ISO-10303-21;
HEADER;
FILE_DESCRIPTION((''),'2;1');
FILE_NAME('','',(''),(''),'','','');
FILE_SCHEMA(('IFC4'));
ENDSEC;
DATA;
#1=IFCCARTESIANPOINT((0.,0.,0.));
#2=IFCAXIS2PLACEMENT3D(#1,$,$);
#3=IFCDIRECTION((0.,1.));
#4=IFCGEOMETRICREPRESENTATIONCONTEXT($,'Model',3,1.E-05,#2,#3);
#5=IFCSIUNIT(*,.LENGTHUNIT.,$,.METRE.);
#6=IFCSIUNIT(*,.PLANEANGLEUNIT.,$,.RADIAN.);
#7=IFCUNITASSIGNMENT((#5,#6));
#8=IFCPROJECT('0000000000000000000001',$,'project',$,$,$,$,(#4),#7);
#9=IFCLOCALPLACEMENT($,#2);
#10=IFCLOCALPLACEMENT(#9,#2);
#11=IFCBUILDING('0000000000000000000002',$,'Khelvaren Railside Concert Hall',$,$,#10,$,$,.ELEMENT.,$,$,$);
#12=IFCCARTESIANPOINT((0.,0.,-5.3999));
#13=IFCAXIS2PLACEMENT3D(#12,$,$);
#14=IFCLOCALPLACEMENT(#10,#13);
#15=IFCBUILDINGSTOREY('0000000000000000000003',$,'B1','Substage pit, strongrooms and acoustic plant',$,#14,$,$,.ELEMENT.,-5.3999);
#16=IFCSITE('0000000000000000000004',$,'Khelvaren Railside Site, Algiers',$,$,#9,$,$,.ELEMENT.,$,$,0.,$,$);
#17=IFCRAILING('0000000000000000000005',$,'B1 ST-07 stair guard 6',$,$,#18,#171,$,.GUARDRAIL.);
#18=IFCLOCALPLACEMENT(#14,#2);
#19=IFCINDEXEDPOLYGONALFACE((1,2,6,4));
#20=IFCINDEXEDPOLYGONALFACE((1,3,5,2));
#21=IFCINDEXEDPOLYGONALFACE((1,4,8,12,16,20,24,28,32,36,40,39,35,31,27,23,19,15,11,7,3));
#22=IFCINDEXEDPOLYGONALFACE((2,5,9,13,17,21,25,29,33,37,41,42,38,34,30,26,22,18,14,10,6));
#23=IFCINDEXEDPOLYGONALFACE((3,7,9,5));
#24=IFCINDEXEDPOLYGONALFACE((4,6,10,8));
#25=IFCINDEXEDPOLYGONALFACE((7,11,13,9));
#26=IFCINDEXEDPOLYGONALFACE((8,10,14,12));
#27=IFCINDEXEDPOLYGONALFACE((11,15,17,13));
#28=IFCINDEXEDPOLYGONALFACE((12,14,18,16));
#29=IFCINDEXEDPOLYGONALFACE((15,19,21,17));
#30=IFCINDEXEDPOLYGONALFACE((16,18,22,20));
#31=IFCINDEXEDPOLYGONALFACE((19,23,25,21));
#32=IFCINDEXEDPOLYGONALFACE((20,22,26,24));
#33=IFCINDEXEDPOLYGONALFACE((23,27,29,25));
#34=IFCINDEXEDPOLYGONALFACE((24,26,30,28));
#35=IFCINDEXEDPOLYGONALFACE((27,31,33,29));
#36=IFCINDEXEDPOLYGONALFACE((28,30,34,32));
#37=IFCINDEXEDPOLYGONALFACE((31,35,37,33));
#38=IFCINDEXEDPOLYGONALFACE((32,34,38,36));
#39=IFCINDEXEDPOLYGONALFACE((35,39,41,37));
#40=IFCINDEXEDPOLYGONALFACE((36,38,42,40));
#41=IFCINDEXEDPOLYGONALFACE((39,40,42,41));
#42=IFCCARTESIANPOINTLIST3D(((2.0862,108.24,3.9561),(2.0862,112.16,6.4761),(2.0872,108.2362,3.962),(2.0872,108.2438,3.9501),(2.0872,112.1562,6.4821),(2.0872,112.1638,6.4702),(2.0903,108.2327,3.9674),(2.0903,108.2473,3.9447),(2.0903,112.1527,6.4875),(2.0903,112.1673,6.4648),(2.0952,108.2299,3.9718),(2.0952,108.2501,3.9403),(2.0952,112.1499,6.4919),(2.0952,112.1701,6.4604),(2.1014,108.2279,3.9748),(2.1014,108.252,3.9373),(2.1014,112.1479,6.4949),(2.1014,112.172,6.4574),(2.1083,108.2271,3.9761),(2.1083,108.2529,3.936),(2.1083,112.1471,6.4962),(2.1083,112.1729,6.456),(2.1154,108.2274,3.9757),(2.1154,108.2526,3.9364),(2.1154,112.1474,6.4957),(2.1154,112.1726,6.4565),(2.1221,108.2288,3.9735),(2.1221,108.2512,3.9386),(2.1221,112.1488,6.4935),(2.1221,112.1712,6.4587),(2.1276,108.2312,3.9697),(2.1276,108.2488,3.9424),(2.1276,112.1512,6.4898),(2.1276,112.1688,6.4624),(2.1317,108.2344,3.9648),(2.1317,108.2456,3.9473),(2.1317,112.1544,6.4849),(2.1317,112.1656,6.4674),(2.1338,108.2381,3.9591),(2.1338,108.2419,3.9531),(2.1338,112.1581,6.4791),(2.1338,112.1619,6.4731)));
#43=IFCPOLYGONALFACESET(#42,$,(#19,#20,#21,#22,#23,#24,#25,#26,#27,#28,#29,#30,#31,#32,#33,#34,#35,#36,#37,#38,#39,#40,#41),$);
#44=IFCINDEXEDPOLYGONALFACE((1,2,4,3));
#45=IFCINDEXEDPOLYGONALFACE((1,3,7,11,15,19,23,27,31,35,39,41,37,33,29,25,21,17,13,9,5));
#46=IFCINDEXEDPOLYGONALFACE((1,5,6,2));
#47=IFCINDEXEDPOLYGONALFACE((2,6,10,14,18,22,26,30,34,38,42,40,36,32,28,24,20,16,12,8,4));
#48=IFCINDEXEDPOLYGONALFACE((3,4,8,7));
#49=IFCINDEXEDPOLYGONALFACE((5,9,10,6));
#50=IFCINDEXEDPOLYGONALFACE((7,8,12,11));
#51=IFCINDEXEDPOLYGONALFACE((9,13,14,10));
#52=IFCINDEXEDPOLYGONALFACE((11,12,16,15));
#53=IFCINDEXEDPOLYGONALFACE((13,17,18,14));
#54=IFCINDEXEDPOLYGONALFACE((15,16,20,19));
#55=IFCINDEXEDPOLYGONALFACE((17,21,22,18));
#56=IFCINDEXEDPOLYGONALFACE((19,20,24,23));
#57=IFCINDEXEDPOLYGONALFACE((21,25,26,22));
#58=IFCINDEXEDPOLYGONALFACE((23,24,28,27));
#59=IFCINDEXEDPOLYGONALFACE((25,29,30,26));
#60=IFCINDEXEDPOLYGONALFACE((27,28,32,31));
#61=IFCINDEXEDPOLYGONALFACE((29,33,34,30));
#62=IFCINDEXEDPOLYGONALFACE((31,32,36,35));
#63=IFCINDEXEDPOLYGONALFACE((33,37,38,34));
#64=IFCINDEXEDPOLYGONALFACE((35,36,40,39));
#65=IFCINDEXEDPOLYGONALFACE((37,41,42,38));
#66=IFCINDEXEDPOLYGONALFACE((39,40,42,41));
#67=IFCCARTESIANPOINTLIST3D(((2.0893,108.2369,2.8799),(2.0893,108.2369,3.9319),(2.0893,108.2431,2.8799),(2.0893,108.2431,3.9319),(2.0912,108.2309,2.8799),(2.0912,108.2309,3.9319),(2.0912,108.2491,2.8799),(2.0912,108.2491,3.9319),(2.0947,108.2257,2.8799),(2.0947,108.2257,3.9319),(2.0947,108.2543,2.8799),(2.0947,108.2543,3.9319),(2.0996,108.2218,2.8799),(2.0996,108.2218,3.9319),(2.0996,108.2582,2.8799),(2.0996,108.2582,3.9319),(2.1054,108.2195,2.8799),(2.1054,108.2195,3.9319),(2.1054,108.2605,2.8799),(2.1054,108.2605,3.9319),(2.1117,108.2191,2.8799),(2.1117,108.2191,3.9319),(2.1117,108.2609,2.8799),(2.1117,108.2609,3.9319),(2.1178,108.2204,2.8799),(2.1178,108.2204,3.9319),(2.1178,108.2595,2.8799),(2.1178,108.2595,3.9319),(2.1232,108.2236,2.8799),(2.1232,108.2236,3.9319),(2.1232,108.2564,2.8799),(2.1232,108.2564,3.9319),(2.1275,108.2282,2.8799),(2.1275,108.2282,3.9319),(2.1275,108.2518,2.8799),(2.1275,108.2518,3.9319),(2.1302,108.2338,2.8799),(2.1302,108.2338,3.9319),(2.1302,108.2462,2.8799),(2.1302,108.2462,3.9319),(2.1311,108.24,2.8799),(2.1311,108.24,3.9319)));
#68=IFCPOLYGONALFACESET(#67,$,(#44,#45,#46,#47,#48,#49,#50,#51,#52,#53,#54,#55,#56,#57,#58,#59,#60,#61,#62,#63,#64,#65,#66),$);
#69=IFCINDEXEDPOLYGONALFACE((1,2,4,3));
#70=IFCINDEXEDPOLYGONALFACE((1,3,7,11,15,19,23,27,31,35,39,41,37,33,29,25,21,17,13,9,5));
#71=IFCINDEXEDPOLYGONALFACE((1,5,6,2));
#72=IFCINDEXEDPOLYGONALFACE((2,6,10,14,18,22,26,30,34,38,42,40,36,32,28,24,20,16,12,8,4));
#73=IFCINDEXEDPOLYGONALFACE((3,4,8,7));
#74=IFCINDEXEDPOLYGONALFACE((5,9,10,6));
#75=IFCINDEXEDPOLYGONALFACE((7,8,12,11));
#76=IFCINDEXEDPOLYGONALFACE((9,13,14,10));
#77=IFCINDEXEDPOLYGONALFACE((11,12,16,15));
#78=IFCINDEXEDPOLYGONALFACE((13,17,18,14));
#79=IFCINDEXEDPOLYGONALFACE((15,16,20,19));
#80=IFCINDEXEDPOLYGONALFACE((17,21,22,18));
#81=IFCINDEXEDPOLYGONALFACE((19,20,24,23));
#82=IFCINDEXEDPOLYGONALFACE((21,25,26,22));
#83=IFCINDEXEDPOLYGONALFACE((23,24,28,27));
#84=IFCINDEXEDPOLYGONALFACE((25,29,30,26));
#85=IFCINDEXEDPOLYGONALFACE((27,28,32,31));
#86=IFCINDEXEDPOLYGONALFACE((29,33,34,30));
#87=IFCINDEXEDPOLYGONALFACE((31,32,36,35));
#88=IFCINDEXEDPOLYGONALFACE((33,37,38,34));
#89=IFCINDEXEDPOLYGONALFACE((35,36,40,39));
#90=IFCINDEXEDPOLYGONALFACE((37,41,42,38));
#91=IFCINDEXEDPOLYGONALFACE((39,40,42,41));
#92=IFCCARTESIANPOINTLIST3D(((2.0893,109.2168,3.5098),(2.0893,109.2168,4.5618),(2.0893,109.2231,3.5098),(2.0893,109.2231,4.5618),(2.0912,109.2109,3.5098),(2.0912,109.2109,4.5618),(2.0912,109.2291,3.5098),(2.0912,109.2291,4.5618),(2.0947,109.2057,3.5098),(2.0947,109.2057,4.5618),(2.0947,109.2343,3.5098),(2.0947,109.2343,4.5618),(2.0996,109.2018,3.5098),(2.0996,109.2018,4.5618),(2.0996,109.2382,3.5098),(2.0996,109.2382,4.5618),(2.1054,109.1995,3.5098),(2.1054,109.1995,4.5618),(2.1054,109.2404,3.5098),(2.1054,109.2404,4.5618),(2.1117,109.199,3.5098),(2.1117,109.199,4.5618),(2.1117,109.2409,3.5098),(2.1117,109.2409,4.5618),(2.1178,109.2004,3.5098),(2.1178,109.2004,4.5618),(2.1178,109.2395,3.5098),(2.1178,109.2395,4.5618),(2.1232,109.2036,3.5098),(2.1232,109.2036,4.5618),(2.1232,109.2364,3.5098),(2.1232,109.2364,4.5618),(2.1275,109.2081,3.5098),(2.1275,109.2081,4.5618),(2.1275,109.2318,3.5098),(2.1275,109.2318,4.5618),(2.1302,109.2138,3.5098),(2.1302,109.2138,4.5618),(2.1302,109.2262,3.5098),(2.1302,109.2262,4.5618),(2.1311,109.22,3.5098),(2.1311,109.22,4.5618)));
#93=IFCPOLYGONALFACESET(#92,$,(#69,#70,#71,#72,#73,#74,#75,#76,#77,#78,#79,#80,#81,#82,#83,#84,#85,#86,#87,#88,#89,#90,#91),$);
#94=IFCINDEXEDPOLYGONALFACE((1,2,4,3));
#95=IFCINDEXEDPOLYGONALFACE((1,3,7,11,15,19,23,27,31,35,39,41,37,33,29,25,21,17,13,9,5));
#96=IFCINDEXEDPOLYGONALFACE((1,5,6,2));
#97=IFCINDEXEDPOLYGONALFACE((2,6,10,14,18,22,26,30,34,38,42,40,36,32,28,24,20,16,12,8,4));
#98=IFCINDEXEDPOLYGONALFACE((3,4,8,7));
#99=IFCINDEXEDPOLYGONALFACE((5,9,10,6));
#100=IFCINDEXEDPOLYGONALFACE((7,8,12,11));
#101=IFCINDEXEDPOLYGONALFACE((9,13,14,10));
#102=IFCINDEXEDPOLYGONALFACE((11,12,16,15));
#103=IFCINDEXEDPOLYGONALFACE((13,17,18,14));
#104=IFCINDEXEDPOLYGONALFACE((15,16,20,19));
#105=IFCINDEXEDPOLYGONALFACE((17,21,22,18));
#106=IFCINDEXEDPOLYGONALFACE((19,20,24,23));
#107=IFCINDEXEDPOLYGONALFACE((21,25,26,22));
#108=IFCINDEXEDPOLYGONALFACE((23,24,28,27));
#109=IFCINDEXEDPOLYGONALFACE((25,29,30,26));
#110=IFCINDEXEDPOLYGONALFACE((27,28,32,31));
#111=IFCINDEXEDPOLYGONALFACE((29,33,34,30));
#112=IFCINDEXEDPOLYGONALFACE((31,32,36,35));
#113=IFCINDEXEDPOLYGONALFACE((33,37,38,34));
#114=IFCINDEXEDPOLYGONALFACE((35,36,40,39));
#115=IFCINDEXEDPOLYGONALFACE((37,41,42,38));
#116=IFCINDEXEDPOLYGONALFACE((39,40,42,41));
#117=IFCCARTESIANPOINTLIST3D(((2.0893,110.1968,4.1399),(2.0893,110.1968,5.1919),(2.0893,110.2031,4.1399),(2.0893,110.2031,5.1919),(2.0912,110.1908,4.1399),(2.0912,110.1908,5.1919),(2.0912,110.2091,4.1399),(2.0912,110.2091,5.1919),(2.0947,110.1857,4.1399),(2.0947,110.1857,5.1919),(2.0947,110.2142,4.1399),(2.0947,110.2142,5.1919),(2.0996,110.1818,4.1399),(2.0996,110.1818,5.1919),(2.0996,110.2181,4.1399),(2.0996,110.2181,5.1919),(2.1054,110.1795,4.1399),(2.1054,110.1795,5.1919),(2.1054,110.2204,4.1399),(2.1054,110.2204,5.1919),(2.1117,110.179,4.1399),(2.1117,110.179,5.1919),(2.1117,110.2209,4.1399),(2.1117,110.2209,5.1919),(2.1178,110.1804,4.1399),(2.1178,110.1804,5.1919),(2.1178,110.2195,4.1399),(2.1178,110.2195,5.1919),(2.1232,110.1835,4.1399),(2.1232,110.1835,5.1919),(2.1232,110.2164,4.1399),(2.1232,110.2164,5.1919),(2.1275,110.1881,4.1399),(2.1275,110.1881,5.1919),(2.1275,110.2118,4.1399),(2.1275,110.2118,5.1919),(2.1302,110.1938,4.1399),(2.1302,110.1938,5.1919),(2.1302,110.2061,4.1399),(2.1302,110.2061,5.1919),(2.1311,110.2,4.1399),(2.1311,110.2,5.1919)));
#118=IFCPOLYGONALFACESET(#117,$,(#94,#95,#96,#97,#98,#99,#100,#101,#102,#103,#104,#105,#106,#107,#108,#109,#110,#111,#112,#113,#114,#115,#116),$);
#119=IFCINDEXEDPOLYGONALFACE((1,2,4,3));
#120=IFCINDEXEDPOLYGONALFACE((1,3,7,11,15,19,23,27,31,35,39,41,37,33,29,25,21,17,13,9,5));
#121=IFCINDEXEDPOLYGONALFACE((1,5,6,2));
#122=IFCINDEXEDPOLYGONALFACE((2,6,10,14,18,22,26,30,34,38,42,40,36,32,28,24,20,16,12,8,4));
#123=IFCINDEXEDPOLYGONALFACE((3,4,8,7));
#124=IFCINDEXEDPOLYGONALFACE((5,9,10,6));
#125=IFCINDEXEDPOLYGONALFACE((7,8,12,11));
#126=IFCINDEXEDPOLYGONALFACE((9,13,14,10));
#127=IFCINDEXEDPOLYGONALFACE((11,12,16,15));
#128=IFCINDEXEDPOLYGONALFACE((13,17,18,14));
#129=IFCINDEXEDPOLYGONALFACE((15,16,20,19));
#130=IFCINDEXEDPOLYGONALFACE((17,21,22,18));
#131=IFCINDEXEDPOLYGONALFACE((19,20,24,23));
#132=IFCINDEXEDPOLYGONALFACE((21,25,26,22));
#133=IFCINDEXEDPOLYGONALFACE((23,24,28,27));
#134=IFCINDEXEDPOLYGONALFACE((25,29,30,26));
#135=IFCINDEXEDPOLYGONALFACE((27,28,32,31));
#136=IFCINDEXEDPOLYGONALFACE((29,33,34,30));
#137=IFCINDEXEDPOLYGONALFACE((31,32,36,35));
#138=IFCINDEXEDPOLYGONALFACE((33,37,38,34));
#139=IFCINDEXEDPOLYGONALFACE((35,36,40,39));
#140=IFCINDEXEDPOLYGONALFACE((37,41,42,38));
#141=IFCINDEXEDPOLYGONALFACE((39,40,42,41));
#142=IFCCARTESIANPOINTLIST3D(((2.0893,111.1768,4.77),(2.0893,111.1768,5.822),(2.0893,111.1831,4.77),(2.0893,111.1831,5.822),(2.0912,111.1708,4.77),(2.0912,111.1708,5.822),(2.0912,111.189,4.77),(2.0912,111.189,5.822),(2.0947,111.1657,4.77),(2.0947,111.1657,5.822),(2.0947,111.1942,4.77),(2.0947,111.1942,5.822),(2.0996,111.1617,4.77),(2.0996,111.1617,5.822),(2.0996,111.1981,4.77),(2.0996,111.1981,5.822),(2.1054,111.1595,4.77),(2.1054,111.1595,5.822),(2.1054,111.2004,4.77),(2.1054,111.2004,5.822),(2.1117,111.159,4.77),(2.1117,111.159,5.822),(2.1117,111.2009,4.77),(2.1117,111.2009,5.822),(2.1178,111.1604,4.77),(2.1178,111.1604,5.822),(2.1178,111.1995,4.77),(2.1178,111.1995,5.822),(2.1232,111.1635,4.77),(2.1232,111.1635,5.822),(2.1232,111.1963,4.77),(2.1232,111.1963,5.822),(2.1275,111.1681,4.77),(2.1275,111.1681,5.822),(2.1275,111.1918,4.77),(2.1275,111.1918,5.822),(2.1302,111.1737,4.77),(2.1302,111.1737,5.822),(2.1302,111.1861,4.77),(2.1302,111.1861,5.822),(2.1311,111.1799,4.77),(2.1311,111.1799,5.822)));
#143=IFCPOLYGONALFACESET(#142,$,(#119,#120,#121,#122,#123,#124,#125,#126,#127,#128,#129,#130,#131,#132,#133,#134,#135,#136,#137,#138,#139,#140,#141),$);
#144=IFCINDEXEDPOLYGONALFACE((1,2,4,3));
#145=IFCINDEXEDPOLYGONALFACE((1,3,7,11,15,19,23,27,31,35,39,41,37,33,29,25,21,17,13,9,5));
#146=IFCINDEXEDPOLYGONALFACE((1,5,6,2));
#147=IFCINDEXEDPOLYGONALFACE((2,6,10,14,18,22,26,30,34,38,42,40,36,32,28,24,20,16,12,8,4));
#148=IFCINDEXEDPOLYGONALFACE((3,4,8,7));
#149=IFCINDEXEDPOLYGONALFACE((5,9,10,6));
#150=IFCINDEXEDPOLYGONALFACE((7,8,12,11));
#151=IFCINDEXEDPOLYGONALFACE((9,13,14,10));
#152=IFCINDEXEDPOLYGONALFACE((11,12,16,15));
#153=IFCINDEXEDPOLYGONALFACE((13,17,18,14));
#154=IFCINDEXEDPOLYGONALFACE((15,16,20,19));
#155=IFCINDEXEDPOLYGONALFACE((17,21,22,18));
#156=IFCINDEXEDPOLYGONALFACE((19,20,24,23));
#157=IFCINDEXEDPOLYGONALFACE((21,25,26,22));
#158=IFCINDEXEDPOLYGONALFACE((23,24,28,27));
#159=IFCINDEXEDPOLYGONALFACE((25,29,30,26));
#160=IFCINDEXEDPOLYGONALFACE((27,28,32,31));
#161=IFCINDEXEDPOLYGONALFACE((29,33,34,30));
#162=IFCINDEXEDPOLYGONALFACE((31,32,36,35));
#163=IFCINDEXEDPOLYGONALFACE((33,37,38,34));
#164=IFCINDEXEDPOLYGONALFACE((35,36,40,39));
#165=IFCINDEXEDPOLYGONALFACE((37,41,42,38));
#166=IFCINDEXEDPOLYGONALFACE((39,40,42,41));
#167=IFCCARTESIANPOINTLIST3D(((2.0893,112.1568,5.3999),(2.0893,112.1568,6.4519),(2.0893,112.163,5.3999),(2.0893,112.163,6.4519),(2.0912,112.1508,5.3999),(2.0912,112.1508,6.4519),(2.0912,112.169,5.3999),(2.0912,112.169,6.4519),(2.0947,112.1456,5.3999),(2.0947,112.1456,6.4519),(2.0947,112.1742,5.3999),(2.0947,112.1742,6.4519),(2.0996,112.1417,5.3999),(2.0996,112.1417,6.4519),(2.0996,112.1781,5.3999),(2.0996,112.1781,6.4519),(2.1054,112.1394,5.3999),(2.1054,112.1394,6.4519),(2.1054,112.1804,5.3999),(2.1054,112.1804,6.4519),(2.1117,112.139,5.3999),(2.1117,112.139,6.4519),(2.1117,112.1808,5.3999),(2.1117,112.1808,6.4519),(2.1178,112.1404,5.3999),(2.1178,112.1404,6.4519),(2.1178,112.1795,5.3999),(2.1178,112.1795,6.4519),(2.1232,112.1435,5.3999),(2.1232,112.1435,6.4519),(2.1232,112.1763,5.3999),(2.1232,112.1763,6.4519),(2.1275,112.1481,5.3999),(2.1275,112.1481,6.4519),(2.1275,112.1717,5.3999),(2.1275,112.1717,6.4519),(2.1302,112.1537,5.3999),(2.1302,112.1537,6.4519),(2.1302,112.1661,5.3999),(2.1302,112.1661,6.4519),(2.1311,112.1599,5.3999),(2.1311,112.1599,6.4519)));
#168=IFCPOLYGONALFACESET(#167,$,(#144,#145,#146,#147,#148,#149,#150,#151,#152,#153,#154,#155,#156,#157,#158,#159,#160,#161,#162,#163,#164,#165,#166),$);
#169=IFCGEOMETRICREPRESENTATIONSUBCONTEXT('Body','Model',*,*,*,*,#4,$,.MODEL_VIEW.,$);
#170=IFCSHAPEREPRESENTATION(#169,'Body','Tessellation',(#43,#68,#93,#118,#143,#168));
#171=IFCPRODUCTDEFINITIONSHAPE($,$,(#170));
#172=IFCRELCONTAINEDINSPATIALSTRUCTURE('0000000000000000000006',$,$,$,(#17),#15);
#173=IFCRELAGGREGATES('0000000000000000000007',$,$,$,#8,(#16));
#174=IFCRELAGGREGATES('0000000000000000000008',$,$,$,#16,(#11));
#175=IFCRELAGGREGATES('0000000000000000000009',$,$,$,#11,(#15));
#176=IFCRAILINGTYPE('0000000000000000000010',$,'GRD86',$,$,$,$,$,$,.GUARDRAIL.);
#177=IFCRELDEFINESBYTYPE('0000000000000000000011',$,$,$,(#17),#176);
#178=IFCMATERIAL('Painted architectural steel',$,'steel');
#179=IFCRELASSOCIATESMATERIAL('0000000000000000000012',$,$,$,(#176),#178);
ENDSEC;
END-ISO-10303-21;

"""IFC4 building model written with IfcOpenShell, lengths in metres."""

from ifc_helpers import new_model, si_unit, direction, frame, origin, origin_2d, place, context, subcontext, project, spatial, circle, extrude, material, type_object, element, save


model = new_model("IFC4")

# Units and contexts
model_context = context("Model", 3, precision=1e-05, world=origin(), true_north=direction((0.0, 1.0)))
body_context = subcontext(model_context, "Body", "Model", "MODEL_VIEW")
ifc_project = project(units=[si_unit("LENGTHUNIT", "METRE"), si_unit("PLANEANGLEUNIT", "RADIAN")], contexts=[model_context])

# Site, building, storey
site_placement = place(None, origin())
site = spatial("IfcSite", under=ifc_project, at=site_placement, Name="Khelvaren Railside Site, Algiers", CompositionType="ELEMENT", RefElevation=0.0)
building_placement = place(site_placement, origin())
building = spatial("IfcBuilding", under=site, at=building_placement, Name="Khelvaren Railside Concert Hall", CompositionType="ELEMENT")
storey_placement = place(building_placement, frame((0.0, 0.0, -5.3999)))
storey = spatial("IfcBuildingStorey", under=building, at=storey_placement, Name="B1", Description="Substage pit, strongrooms and acoustic plant", CompositionType="ELEMENT", Elevation=-5.3999)

# Railing
ifc_material_1 = material(Name="Painted architectural steel", Category="steel")
railing_type_1 = type_object("IfcRailingType", Name="GRD86", PredefinedType="GUARDRAIL", material=ifc_material_1)
railing_1_placement = place(storey_placement, frame((2.1101, 108.24, 2.8799)))
element("IfcRailing", 1, at=railing_1_placement, inside=storey, type_object=railing_type_1, Name="B1 ST-07 stair guard 6", PredefinedType="GUARDRAIL", context=body_context, shape_type="SweptSolid", body=[
    extrude(circle(Radius=0.0239, at=origin_2d()), frame((0.0, 0.0, 1.0762), z_axis=(0.0, 0.841172, 0.540768), x_axis=(-1.0, 0.0, 0.0)), (0.0, 0.0, 1.0), 4.6602),
    extrude(circle(Radius=0.021, at=origin_2d()), origin(), (0.0, 0.0, 1.0), 1.052),
    extrude(circle(Radius=0.021, at=origin_2d()), frame((0.0, 0.98, 0.6299)), (0.0, 0.0, 1.0), 1.052),
    extrude(circle(Radius=0.021, at=origin_2d()), frame((0.0, 1.96, 1.26)), (0.0, 0.0, 1.0), 1.052),
    extrude(circle(Radius=0.021, at=origin_2d()), frame((0.0, 2.9399, 1.8901)), (0.0, 0.0, 1.0), 1.052),
    extrude(circle(Radius=0.021, at=origin_2d()), frame((0.0, 3.9199, 2.52)), (0.0, 0.0, 1.0), 1.052),
])

save(model, "model.ifc")
